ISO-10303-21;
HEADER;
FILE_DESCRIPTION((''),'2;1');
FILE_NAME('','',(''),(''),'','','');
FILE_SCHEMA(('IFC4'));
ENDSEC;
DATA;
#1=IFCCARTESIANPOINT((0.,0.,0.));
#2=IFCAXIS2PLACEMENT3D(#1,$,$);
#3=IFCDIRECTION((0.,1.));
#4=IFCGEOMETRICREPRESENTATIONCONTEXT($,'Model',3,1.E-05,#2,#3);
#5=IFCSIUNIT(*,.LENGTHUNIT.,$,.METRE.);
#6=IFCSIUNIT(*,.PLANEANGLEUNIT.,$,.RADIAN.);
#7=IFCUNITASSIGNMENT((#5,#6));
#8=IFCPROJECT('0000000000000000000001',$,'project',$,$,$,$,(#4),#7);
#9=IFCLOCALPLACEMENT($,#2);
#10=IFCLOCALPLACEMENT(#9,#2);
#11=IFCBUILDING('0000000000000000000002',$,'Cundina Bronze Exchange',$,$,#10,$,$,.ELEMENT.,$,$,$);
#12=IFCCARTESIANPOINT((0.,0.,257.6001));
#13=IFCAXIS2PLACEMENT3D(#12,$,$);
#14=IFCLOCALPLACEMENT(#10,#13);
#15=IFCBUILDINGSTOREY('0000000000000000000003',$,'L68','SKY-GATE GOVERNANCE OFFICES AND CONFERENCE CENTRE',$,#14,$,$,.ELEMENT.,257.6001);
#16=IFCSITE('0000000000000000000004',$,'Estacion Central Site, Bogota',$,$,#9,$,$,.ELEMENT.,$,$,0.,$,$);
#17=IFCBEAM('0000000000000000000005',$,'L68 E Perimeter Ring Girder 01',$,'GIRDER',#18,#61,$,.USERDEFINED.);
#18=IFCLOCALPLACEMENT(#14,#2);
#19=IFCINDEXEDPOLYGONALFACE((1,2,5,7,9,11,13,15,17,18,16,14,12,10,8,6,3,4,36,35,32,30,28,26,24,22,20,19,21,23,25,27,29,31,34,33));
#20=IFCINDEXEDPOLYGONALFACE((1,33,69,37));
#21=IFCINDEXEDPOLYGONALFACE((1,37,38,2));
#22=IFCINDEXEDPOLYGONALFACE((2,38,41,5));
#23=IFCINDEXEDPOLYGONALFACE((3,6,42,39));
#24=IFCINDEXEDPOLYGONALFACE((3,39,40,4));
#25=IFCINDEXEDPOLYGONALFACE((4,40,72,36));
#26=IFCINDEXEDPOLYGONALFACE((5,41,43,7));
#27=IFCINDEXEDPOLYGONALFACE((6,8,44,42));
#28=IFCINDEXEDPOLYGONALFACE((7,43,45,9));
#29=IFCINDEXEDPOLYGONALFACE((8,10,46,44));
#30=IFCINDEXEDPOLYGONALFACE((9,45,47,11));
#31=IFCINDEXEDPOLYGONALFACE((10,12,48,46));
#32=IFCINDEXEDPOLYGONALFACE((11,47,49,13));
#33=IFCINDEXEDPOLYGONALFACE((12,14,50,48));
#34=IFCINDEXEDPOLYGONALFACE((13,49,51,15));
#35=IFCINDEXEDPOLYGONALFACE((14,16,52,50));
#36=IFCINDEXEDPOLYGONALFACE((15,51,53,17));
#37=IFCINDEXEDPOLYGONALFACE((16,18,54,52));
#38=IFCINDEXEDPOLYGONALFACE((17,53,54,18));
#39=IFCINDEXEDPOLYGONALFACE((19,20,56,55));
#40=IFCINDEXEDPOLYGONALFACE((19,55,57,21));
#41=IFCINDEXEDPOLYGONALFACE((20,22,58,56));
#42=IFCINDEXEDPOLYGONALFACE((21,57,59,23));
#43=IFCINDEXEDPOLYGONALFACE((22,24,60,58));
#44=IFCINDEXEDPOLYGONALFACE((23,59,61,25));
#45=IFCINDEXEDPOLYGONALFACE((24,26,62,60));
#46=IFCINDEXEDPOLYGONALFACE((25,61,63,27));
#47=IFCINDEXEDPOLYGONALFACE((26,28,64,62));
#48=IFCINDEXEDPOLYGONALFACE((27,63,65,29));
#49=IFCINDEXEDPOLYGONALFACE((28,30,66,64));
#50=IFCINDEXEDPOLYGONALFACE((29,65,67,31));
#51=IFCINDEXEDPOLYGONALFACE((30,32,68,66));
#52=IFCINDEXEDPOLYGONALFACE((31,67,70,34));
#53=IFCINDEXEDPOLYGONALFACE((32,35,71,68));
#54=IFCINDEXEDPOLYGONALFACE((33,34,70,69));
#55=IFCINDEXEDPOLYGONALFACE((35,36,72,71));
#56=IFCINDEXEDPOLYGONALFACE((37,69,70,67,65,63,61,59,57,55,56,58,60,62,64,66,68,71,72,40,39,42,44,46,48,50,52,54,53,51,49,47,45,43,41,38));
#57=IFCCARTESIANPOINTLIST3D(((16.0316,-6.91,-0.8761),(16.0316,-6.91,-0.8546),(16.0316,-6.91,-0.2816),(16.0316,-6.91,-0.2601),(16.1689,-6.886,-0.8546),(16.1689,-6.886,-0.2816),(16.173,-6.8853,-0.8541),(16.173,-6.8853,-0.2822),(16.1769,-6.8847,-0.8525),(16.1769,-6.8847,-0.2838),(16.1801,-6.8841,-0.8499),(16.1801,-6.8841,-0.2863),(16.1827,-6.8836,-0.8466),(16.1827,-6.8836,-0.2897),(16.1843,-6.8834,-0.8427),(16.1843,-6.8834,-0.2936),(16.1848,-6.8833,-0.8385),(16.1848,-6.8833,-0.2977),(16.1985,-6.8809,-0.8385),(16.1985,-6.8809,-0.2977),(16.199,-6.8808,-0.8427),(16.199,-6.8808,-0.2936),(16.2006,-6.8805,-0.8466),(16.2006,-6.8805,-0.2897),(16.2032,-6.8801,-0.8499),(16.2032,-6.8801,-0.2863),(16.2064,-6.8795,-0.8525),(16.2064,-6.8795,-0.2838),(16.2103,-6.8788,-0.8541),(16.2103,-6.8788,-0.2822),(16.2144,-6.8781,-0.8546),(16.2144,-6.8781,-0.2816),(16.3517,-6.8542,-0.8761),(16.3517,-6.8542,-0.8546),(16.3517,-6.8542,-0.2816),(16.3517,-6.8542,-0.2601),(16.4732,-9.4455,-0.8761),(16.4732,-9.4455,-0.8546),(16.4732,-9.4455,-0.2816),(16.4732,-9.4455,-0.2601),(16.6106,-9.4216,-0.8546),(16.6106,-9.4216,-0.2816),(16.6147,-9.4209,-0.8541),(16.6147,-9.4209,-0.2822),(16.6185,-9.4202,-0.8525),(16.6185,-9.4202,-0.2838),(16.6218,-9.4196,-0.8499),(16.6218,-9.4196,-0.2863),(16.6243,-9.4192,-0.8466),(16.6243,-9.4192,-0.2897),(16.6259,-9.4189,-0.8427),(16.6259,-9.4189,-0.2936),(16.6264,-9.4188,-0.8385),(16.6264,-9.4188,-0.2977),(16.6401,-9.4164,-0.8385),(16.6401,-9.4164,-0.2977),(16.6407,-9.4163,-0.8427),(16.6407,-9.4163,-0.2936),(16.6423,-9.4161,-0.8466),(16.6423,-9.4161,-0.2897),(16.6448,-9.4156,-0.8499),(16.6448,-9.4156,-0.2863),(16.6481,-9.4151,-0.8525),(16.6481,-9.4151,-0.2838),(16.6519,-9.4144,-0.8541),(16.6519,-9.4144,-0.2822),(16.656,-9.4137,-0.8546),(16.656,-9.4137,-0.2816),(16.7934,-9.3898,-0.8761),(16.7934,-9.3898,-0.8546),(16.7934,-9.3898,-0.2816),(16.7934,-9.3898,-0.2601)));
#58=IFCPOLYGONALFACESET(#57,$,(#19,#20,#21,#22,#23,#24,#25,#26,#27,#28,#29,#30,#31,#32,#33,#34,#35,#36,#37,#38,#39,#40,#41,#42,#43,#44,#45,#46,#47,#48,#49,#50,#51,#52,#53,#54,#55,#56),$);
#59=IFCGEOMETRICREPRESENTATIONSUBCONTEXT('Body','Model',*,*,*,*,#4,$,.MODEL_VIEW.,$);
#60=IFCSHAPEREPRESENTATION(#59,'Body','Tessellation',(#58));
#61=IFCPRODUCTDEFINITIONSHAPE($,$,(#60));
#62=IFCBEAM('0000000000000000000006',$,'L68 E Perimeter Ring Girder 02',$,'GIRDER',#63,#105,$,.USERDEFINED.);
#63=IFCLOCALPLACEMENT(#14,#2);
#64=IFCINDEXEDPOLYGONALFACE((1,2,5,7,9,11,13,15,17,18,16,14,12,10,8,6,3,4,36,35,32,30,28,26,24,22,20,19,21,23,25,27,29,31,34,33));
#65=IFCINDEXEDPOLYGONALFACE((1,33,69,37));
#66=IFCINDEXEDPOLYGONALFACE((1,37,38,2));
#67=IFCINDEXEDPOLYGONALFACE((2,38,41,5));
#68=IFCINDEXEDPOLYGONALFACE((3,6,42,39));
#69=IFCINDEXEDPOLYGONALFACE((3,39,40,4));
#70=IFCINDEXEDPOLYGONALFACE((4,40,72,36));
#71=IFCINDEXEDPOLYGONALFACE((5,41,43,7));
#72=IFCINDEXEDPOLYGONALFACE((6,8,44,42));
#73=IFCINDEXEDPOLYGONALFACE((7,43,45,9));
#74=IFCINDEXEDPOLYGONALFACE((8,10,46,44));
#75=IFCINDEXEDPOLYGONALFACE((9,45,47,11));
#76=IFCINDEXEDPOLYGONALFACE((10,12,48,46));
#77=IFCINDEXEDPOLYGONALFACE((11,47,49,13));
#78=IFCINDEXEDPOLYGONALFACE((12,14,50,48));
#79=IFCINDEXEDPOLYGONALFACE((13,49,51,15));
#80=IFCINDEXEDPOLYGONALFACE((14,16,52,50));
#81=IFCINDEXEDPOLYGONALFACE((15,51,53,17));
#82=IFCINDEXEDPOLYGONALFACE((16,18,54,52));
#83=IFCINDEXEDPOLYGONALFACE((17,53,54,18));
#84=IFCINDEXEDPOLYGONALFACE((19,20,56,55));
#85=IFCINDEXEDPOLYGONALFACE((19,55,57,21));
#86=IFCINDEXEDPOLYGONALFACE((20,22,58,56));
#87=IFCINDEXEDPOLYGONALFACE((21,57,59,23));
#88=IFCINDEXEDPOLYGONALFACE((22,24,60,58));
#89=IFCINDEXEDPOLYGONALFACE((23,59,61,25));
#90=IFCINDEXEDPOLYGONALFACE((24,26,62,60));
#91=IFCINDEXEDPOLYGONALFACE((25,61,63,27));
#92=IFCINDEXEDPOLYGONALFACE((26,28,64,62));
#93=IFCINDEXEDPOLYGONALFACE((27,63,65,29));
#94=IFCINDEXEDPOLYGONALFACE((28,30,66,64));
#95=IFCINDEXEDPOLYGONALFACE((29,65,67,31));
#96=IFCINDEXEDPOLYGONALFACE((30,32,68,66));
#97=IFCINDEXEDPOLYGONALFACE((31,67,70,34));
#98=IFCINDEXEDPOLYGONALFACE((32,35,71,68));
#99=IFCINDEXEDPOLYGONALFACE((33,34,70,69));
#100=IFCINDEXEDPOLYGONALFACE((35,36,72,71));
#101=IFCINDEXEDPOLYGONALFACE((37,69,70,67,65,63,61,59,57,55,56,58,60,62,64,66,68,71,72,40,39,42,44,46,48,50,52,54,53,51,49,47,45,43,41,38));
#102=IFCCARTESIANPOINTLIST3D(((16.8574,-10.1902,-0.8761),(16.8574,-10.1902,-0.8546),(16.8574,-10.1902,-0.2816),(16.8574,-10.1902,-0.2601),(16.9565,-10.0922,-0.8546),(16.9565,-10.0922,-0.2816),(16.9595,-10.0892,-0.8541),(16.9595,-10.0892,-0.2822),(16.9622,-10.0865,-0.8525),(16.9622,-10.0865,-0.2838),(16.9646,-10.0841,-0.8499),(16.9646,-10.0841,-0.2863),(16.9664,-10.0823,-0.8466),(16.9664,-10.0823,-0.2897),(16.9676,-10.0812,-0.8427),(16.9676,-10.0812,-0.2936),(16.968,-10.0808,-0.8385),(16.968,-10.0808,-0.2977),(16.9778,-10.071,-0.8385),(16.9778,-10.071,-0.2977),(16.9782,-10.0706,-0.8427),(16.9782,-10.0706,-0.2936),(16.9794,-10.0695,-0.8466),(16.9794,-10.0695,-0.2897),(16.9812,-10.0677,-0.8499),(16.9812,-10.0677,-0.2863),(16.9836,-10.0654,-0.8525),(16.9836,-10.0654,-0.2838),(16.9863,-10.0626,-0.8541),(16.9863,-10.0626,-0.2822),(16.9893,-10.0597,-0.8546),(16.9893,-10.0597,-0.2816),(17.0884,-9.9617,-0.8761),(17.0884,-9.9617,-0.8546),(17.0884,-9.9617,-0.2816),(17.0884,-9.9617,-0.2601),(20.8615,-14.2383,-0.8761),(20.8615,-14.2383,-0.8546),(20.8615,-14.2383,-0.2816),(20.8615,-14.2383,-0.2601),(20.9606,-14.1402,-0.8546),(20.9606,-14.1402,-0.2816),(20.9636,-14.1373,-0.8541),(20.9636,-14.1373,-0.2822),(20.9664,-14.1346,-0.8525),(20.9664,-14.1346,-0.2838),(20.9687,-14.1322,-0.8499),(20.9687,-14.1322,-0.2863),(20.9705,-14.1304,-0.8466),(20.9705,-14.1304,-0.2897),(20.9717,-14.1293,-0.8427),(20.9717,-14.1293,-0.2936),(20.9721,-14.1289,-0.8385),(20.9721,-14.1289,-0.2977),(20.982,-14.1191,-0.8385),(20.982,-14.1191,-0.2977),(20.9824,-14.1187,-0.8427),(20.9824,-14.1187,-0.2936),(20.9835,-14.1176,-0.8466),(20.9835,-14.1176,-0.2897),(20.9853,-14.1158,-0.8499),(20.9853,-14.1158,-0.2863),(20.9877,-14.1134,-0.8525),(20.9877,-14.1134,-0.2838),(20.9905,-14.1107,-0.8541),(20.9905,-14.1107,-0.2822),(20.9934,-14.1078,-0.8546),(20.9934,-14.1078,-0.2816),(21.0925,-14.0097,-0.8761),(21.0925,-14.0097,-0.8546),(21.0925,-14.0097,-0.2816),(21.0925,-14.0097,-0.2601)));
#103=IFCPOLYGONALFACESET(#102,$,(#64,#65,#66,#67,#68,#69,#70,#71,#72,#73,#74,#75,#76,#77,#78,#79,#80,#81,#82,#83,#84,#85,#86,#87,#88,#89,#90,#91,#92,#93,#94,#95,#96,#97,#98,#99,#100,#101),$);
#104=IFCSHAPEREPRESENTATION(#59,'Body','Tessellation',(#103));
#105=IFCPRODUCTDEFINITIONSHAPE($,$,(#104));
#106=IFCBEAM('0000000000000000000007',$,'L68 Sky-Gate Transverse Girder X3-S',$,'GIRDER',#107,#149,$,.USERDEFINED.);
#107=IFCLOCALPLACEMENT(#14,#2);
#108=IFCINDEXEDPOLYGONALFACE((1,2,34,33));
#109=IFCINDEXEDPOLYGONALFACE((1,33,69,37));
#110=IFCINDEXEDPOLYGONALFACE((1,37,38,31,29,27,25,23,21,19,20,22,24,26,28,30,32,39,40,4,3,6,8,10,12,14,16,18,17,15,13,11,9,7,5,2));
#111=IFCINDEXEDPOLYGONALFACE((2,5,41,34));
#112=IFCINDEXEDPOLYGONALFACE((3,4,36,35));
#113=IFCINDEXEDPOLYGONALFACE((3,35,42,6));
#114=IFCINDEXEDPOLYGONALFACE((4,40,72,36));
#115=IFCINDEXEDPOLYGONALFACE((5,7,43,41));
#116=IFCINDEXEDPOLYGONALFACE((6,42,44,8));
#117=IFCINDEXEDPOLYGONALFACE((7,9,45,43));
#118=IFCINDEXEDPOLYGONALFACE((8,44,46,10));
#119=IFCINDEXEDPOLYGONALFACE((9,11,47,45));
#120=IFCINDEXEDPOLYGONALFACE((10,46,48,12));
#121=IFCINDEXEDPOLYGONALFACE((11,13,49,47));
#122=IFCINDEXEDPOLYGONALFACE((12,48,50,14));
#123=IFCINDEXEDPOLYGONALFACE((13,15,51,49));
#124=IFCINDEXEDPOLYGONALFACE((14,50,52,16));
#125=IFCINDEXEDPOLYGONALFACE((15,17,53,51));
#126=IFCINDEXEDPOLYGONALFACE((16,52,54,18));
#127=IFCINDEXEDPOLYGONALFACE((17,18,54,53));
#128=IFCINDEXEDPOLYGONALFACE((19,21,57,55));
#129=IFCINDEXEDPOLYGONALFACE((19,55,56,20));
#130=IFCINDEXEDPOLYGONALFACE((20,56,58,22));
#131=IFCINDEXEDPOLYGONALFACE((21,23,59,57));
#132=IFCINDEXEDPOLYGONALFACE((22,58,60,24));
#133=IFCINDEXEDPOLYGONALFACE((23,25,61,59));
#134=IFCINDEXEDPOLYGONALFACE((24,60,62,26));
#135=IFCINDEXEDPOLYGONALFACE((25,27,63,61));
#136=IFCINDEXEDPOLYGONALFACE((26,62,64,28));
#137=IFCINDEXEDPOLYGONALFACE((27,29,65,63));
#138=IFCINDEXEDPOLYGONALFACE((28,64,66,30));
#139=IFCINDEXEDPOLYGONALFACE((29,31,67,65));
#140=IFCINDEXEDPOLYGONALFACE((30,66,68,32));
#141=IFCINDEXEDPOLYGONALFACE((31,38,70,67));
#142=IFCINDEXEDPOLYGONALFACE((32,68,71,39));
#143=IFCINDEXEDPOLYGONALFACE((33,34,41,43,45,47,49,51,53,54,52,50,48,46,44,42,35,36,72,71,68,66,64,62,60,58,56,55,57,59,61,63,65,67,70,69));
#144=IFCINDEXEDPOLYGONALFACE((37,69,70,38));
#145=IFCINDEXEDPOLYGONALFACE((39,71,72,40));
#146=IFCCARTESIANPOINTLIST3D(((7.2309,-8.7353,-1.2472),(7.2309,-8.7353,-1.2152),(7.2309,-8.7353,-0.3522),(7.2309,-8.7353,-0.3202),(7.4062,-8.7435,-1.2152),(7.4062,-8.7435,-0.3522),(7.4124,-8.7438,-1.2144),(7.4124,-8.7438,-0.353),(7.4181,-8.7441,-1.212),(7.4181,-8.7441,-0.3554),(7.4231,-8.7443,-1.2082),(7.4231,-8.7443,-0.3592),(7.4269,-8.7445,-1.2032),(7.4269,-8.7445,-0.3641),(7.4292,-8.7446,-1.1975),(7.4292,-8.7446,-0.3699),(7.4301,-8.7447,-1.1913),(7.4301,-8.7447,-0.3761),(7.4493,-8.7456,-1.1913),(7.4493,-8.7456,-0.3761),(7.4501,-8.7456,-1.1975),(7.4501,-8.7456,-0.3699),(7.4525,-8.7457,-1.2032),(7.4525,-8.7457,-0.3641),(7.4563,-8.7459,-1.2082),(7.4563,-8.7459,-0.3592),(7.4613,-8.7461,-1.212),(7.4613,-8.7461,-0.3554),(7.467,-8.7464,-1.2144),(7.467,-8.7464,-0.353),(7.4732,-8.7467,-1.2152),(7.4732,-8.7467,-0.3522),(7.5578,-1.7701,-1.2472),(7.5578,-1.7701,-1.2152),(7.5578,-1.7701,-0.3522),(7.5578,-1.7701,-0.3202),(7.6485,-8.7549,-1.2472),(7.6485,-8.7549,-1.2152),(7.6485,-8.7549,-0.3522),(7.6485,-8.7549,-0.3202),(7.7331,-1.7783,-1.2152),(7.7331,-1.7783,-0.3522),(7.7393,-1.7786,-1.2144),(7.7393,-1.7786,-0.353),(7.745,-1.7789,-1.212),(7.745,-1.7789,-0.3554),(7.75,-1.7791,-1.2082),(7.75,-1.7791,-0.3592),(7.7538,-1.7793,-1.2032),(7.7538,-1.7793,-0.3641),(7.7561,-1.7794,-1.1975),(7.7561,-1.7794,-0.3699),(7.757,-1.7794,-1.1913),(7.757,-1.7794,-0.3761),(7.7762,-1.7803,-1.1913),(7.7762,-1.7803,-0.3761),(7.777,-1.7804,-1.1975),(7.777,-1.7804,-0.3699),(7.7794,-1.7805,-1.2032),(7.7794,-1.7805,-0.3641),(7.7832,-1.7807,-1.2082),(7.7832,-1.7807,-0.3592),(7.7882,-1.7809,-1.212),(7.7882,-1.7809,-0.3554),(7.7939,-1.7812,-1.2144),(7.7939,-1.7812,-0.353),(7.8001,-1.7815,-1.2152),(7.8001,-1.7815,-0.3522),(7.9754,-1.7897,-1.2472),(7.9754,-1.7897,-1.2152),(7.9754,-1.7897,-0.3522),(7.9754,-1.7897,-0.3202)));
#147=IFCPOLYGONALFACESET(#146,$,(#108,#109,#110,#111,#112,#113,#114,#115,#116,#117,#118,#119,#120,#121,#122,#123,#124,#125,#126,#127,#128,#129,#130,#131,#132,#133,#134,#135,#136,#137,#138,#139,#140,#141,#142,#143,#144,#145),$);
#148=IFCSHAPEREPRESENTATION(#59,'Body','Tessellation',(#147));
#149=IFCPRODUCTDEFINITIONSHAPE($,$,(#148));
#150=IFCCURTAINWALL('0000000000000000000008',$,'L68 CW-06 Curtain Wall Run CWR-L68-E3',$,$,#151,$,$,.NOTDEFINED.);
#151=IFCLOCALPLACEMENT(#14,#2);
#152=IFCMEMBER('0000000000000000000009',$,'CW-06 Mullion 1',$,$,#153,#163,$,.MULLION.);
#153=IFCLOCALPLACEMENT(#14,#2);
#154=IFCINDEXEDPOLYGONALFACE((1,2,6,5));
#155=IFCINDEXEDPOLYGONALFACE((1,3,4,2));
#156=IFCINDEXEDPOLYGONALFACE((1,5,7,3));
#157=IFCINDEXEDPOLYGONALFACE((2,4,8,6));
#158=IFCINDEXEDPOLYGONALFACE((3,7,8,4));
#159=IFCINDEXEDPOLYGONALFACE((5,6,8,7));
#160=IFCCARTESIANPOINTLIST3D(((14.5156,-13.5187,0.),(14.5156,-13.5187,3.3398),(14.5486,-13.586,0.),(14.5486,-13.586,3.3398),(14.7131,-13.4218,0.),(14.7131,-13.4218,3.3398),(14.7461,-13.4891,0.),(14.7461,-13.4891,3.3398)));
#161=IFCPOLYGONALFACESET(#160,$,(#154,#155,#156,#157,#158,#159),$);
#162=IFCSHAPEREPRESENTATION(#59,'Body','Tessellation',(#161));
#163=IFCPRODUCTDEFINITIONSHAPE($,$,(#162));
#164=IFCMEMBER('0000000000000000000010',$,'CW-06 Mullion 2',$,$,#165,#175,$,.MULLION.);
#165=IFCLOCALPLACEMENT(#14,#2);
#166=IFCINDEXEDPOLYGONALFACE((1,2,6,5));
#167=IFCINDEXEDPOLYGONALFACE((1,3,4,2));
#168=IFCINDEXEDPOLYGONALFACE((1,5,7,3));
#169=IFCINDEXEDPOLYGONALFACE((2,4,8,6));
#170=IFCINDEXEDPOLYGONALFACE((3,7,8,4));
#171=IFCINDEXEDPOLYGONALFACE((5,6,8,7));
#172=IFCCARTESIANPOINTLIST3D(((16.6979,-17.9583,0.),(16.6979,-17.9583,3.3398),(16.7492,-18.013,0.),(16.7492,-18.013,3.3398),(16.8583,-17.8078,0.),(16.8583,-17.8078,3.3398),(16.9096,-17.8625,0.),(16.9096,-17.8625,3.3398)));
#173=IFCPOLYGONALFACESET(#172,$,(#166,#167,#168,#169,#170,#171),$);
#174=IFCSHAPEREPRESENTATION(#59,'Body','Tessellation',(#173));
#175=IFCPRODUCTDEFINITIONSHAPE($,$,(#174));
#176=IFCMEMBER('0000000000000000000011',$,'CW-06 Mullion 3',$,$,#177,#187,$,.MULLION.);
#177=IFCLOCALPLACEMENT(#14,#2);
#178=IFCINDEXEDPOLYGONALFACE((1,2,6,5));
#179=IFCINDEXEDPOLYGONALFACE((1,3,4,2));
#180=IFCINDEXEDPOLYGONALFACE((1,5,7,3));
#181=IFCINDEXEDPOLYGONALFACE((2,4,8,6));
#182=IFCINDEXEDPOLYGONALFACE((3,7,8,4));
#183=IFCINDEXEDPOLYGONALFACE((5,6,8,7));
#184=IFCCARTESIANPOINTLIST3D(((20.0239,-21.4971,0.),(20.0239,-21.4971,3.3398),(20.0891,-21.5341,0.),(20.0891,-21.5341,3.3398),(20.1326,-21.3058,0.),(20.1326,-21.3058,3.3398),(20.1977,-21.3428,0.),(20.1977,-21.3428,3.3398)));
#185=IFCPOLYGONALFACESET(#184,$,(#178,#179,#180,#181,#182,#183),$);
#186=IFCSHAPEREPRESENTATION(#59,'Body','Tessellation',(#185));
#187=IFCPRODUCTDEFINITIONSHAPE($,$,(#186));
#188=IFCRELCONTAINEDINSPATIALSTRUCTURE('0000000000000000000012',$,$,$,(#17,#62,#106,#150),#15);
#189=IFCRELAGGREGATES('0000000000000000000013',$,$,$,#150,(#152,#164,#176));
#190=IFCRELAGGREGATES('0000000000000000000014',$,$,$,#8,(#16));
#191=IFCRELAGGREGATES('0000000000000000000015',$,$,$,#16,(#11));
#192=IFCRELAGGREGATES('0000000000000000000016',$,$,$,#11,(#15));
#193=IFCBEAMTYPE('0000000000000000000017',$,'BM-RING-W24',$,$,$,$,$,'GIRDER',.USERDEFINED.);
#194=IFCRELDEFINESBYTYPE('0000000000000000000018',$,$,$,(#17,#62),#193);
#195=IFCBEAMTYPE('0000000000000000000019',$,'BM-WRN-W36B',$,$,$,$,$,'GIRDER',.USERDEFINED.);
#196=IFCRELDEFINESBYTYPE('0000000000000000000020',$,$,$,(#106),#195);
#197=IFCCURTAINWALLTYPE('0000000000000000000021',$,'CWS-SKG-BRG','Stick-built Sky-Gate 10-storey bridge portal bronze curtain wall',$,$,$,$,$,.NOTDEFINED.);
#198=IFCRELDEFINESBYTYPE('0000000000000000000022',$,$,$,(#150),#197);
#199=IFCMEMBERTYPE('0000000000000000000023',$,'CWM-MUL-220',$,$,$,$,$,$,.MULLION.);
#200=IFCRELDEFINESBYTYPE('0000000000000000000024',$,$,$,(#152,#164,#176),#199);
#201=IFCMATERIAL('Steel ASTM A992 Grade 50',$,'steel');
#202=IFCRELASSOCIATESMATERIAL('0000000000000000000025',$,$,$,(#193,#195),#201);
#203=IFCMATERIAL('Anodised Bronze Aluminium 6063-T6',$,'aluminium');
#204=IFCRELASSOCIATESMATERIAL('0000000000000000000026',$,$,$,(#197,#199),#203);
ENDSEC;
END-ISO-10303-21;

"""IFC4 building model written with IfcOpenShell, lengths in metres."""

from ifc_helpers import new_model, si_unit, direction, frame, origin, origin_2d, place, context, subcontext, project, spatial, rectangle, i_section, extrude, material, material_profile, profile_set, type_object, element, aggregate, save


model = new_model("IFC4")

# Units and contexts
model_context = context("Model", 3, precision=1e-05, world=origin(), true_north=direction((0.0, 1.0)))
body_context = subcontext(model_context, "Body", "Model", "MODEL_VIEW")
ifc_project = project(units=[si_unit("LENGTHUNIT", "METRE"), si_unit("PLANEANGLEUNIT", "RADIAN")], contexts=[model_context])

# Site, building, storey
site_placement = place(None, origin())
site = spatial("IfcSite", under=ifc_project, at=site_placement, Name="Estacion Central Site, Bogota", CompositionType="ELEMENT", RefElevation=0.0)
building_placement = place(site_placement, origin())
building = spatial("IfcBuilding", under=site, at=building_placement, Name="Cundina Bronze Exchange", CompositionType="ELEMENT")
storey_placement = place(building_placement, frame((0.0, 0.0, 257.6001)))
storey = spatial("IfcBuildingStorey", under=building, at=storey_placement, Name="L68", Description="SKY-GATE GOVERNANCE OFFICES AND CONFERENCE CENTRE", CompositionType="ELEMENT", Elevation=257.6001)

# Beams
ifc_material_1 = material(Name="Steel ASTM A992 Grade 50", Category="steel")
ifc_material_profile_1 = material_profile(ifc_material_1, i_section(OverallWidth=0.325, OverallDepth=0.616, WebThickness=0.0139, FlangeThickness=0.0215, FilletRadius=0.0161, at=origin_2d()), Name="W24X117", Category="steel")
ifc_profile_set_1 = profile_set([ifc_material_profile_1], Name="Steel ASTM A992 Grade 50")
beam_type_1 = type_object("IfcBeamType", Name="BM-RING-W24", ElementType="GIRDER", PredefinedType="USERDEFINED", material=ifc_profile_set_1)
beam_1_placement = place(storey_placement, frame((16.1917, -6.8821, -0.5681), z_axis=(0.171593, -0.985168, 0.0), x_axis=(0.985168, 0.171593, 0.0)))
element("IfcBeam", 1, at=beam_1_placement, inside=storey, type_object=beam_type_1, Name="L68 E Perimeter Ring Girder 01", ObjectType="GIRDER", PredefinedType="USERDEFINED", context=body_context, shape_type="SweptSolid", body=[
    extrude(i_section(OverallWidth=0.325, OverallDepth=0.616, WebThickness=0.0139, FlangeThickness=0.0215, FilletRadius=0.0161, at=origin_2d()), origin(), (0.0, 0.0, 1.0), 2.5737),
])
beam_2_placement = place(storey_placement, frame((16.9729, -10.0759, -0.5681), z_axis=(0.703237, -0.710955, 0.0), x_axis=(0.710955, 0.703237, 0.0)))
element("IfcBeam", 2, at=beam_2_placement, inside=storey, type_object=beam_type_1, Name="L68 E Perimeter Ring Girder 02", ObjectType="GIRDER", PredefinedType="USERDEFINED", context=body_context, shape_type="SweptSolid", body=[
    extrude(i_section(OverallWidth=0.325, OverallDepth=0.616, WebThickness=0.0139, FlangeThickness=0.0215, FilletRadius=0.0161, at=origin_2d()), origin(), (0.0, 0.0, 1.0), 5.6938),
])
ifc_material_profile_2 = material_profile(ifc_material_1, i_section(OverallWidth=0.418, OverallDepth=0.927, WebThickness=0.0193, FlangeThickness=0.032, FilletRadius=0.0239, at=origin_2d()), Name="W36X231", Category="steel")
ifc_profile_set_2 = profile_set([ifc_material_profile_2], Name="Steel ASTM A992 Grade 50")
beam_type_2 = type_object("IfcBeamType", Name="BM-WRN-W36B", ElementType="GIRDER", PredefinedType="USERDEFINED", material=ifc_profile_set_2)
beam_3_placement = place(storey_placement, frame((7.4397, -8.7451, -0.7837), z_axis=(0.046881, 0.9989, 0.0), x_axis=(-0.9989, 0.046881, 0.0)))
element("IfcBeam", 3, at=beam_3_placement, inside=storey, type_object=beam_type_2, Name="L68 Sky-Gate Transverse Girder X3-S", ObjectType="GIRDER", PredefinedType="USERDEFINED", context=body_context, shape_type="SweptSolid", body=[
    extrude(i_section(OverallWidth=0.418, OverallDepth=0.927, WebThickness=0.0193, FlangeThickness=0.032, FilletRadius=0.0239, at=origin_2d()), origin(), (0.0, 0.0, 1.0), 6.9729),
])

# Curtain wall, members
ifc_material_2 = material(Name="Anodised Bronze Aluminium 6063-T6", Category="aluminium")
curtain_wall_type = type_object("IfcCurtainWallType", Name="CWS-SKG-BRG", Description="Stick-built Sky-Gate 10-storey bridge portal bronze curtain wall", PredefinedType="NOTDEFINED", material=ifc_material_2)
curtain_wall_1_placement = place(storey_placement, origin())
curtain_wall_1 = element("IfcCurtainWall", 4, at=curtain_wall_1_placement, inside=storey, type_object=curtain_wall_type, Name="L68 CW-06 Curtain Wall Run CWR-L68-E3", PredefinedType="NOTDEFINED")
ifc_material_profile_3 = material_profile(ifc_material_2, rectangle(XDim=0.075, YDim=0.22, at=origin_2d()), Name="AL75X220", Category="aluminium")
ifc_profile_set_3 = profile_set([ifc_material_profile_3], Name="Anodised Bronze Aluminium 6063-T6")
member_type_1 = type_object("IfcMemberType", Name="CWM-MUL-220", PredefinedType="MULLION", material=ifc_profile_set_3)
member_1_placement = place(storey_placement, frame((14.6309, -13.5039, 0.0), z_axis=(0.0, 0.0, 1.0), x_axis=(0.440566, -0.89772, 0.0)))
member_1 = element("IfcMember", 5, at=member_1_placement, type_object=member_type_1, Name="CW-06 Mullion 1", PredefinedType="MULLION", context=body_context, shape_type="SweptSolid", body=[
    extrude(rectangle(XDim=0.075, YDim=0.22, at=origin_2d()), origin(), (0.0, 0.0, 1.0), 3.3398),
])
member_2_placement = place(storey_placement, frame((16.8037, -17.9104, 0.0), z_axis=(0.0, 0.0, 1.0), x_axis=(0.684293, -0.729208, 0.0)))
member_2 = element("IfcMember", 6, at=member_2_placement, type_object=member_type_1, Name="CW-06 Mullion 2", PredefinedType="MULLION", context=body_context, shape_type="SweptSolid", body=[
    extrude(rectangle(XDim=0.075, YDim=0.22, at=origin_2d()), origin(), (0.0, 0.0, 1.0), 3.3398),
])
member_3_placement = place(storey_placement, frame((20.1108, -21.4199, 0.0), z_axis=(0.0, 0.0, 1.0), x_axis=(0.869581, -0.49379, 0.0)))
member_3 = element("IfcMember", 7, at=member_3_placement, type_object=member_type_1, Name="CW-06 Mullion 3", PredefinedType="MULLION", context=body_context, shape_type="SweptSolid", body=[
    extrude(rectangle(XDim=0.075, YDim=0.22, at=origin_2d()), origin(), (0.0, 0.0, 1.0), 3.3398),
])

aggregate(curtain_wall_1, [member_1, member_2, member_3])

save(model, "model.ifc")
